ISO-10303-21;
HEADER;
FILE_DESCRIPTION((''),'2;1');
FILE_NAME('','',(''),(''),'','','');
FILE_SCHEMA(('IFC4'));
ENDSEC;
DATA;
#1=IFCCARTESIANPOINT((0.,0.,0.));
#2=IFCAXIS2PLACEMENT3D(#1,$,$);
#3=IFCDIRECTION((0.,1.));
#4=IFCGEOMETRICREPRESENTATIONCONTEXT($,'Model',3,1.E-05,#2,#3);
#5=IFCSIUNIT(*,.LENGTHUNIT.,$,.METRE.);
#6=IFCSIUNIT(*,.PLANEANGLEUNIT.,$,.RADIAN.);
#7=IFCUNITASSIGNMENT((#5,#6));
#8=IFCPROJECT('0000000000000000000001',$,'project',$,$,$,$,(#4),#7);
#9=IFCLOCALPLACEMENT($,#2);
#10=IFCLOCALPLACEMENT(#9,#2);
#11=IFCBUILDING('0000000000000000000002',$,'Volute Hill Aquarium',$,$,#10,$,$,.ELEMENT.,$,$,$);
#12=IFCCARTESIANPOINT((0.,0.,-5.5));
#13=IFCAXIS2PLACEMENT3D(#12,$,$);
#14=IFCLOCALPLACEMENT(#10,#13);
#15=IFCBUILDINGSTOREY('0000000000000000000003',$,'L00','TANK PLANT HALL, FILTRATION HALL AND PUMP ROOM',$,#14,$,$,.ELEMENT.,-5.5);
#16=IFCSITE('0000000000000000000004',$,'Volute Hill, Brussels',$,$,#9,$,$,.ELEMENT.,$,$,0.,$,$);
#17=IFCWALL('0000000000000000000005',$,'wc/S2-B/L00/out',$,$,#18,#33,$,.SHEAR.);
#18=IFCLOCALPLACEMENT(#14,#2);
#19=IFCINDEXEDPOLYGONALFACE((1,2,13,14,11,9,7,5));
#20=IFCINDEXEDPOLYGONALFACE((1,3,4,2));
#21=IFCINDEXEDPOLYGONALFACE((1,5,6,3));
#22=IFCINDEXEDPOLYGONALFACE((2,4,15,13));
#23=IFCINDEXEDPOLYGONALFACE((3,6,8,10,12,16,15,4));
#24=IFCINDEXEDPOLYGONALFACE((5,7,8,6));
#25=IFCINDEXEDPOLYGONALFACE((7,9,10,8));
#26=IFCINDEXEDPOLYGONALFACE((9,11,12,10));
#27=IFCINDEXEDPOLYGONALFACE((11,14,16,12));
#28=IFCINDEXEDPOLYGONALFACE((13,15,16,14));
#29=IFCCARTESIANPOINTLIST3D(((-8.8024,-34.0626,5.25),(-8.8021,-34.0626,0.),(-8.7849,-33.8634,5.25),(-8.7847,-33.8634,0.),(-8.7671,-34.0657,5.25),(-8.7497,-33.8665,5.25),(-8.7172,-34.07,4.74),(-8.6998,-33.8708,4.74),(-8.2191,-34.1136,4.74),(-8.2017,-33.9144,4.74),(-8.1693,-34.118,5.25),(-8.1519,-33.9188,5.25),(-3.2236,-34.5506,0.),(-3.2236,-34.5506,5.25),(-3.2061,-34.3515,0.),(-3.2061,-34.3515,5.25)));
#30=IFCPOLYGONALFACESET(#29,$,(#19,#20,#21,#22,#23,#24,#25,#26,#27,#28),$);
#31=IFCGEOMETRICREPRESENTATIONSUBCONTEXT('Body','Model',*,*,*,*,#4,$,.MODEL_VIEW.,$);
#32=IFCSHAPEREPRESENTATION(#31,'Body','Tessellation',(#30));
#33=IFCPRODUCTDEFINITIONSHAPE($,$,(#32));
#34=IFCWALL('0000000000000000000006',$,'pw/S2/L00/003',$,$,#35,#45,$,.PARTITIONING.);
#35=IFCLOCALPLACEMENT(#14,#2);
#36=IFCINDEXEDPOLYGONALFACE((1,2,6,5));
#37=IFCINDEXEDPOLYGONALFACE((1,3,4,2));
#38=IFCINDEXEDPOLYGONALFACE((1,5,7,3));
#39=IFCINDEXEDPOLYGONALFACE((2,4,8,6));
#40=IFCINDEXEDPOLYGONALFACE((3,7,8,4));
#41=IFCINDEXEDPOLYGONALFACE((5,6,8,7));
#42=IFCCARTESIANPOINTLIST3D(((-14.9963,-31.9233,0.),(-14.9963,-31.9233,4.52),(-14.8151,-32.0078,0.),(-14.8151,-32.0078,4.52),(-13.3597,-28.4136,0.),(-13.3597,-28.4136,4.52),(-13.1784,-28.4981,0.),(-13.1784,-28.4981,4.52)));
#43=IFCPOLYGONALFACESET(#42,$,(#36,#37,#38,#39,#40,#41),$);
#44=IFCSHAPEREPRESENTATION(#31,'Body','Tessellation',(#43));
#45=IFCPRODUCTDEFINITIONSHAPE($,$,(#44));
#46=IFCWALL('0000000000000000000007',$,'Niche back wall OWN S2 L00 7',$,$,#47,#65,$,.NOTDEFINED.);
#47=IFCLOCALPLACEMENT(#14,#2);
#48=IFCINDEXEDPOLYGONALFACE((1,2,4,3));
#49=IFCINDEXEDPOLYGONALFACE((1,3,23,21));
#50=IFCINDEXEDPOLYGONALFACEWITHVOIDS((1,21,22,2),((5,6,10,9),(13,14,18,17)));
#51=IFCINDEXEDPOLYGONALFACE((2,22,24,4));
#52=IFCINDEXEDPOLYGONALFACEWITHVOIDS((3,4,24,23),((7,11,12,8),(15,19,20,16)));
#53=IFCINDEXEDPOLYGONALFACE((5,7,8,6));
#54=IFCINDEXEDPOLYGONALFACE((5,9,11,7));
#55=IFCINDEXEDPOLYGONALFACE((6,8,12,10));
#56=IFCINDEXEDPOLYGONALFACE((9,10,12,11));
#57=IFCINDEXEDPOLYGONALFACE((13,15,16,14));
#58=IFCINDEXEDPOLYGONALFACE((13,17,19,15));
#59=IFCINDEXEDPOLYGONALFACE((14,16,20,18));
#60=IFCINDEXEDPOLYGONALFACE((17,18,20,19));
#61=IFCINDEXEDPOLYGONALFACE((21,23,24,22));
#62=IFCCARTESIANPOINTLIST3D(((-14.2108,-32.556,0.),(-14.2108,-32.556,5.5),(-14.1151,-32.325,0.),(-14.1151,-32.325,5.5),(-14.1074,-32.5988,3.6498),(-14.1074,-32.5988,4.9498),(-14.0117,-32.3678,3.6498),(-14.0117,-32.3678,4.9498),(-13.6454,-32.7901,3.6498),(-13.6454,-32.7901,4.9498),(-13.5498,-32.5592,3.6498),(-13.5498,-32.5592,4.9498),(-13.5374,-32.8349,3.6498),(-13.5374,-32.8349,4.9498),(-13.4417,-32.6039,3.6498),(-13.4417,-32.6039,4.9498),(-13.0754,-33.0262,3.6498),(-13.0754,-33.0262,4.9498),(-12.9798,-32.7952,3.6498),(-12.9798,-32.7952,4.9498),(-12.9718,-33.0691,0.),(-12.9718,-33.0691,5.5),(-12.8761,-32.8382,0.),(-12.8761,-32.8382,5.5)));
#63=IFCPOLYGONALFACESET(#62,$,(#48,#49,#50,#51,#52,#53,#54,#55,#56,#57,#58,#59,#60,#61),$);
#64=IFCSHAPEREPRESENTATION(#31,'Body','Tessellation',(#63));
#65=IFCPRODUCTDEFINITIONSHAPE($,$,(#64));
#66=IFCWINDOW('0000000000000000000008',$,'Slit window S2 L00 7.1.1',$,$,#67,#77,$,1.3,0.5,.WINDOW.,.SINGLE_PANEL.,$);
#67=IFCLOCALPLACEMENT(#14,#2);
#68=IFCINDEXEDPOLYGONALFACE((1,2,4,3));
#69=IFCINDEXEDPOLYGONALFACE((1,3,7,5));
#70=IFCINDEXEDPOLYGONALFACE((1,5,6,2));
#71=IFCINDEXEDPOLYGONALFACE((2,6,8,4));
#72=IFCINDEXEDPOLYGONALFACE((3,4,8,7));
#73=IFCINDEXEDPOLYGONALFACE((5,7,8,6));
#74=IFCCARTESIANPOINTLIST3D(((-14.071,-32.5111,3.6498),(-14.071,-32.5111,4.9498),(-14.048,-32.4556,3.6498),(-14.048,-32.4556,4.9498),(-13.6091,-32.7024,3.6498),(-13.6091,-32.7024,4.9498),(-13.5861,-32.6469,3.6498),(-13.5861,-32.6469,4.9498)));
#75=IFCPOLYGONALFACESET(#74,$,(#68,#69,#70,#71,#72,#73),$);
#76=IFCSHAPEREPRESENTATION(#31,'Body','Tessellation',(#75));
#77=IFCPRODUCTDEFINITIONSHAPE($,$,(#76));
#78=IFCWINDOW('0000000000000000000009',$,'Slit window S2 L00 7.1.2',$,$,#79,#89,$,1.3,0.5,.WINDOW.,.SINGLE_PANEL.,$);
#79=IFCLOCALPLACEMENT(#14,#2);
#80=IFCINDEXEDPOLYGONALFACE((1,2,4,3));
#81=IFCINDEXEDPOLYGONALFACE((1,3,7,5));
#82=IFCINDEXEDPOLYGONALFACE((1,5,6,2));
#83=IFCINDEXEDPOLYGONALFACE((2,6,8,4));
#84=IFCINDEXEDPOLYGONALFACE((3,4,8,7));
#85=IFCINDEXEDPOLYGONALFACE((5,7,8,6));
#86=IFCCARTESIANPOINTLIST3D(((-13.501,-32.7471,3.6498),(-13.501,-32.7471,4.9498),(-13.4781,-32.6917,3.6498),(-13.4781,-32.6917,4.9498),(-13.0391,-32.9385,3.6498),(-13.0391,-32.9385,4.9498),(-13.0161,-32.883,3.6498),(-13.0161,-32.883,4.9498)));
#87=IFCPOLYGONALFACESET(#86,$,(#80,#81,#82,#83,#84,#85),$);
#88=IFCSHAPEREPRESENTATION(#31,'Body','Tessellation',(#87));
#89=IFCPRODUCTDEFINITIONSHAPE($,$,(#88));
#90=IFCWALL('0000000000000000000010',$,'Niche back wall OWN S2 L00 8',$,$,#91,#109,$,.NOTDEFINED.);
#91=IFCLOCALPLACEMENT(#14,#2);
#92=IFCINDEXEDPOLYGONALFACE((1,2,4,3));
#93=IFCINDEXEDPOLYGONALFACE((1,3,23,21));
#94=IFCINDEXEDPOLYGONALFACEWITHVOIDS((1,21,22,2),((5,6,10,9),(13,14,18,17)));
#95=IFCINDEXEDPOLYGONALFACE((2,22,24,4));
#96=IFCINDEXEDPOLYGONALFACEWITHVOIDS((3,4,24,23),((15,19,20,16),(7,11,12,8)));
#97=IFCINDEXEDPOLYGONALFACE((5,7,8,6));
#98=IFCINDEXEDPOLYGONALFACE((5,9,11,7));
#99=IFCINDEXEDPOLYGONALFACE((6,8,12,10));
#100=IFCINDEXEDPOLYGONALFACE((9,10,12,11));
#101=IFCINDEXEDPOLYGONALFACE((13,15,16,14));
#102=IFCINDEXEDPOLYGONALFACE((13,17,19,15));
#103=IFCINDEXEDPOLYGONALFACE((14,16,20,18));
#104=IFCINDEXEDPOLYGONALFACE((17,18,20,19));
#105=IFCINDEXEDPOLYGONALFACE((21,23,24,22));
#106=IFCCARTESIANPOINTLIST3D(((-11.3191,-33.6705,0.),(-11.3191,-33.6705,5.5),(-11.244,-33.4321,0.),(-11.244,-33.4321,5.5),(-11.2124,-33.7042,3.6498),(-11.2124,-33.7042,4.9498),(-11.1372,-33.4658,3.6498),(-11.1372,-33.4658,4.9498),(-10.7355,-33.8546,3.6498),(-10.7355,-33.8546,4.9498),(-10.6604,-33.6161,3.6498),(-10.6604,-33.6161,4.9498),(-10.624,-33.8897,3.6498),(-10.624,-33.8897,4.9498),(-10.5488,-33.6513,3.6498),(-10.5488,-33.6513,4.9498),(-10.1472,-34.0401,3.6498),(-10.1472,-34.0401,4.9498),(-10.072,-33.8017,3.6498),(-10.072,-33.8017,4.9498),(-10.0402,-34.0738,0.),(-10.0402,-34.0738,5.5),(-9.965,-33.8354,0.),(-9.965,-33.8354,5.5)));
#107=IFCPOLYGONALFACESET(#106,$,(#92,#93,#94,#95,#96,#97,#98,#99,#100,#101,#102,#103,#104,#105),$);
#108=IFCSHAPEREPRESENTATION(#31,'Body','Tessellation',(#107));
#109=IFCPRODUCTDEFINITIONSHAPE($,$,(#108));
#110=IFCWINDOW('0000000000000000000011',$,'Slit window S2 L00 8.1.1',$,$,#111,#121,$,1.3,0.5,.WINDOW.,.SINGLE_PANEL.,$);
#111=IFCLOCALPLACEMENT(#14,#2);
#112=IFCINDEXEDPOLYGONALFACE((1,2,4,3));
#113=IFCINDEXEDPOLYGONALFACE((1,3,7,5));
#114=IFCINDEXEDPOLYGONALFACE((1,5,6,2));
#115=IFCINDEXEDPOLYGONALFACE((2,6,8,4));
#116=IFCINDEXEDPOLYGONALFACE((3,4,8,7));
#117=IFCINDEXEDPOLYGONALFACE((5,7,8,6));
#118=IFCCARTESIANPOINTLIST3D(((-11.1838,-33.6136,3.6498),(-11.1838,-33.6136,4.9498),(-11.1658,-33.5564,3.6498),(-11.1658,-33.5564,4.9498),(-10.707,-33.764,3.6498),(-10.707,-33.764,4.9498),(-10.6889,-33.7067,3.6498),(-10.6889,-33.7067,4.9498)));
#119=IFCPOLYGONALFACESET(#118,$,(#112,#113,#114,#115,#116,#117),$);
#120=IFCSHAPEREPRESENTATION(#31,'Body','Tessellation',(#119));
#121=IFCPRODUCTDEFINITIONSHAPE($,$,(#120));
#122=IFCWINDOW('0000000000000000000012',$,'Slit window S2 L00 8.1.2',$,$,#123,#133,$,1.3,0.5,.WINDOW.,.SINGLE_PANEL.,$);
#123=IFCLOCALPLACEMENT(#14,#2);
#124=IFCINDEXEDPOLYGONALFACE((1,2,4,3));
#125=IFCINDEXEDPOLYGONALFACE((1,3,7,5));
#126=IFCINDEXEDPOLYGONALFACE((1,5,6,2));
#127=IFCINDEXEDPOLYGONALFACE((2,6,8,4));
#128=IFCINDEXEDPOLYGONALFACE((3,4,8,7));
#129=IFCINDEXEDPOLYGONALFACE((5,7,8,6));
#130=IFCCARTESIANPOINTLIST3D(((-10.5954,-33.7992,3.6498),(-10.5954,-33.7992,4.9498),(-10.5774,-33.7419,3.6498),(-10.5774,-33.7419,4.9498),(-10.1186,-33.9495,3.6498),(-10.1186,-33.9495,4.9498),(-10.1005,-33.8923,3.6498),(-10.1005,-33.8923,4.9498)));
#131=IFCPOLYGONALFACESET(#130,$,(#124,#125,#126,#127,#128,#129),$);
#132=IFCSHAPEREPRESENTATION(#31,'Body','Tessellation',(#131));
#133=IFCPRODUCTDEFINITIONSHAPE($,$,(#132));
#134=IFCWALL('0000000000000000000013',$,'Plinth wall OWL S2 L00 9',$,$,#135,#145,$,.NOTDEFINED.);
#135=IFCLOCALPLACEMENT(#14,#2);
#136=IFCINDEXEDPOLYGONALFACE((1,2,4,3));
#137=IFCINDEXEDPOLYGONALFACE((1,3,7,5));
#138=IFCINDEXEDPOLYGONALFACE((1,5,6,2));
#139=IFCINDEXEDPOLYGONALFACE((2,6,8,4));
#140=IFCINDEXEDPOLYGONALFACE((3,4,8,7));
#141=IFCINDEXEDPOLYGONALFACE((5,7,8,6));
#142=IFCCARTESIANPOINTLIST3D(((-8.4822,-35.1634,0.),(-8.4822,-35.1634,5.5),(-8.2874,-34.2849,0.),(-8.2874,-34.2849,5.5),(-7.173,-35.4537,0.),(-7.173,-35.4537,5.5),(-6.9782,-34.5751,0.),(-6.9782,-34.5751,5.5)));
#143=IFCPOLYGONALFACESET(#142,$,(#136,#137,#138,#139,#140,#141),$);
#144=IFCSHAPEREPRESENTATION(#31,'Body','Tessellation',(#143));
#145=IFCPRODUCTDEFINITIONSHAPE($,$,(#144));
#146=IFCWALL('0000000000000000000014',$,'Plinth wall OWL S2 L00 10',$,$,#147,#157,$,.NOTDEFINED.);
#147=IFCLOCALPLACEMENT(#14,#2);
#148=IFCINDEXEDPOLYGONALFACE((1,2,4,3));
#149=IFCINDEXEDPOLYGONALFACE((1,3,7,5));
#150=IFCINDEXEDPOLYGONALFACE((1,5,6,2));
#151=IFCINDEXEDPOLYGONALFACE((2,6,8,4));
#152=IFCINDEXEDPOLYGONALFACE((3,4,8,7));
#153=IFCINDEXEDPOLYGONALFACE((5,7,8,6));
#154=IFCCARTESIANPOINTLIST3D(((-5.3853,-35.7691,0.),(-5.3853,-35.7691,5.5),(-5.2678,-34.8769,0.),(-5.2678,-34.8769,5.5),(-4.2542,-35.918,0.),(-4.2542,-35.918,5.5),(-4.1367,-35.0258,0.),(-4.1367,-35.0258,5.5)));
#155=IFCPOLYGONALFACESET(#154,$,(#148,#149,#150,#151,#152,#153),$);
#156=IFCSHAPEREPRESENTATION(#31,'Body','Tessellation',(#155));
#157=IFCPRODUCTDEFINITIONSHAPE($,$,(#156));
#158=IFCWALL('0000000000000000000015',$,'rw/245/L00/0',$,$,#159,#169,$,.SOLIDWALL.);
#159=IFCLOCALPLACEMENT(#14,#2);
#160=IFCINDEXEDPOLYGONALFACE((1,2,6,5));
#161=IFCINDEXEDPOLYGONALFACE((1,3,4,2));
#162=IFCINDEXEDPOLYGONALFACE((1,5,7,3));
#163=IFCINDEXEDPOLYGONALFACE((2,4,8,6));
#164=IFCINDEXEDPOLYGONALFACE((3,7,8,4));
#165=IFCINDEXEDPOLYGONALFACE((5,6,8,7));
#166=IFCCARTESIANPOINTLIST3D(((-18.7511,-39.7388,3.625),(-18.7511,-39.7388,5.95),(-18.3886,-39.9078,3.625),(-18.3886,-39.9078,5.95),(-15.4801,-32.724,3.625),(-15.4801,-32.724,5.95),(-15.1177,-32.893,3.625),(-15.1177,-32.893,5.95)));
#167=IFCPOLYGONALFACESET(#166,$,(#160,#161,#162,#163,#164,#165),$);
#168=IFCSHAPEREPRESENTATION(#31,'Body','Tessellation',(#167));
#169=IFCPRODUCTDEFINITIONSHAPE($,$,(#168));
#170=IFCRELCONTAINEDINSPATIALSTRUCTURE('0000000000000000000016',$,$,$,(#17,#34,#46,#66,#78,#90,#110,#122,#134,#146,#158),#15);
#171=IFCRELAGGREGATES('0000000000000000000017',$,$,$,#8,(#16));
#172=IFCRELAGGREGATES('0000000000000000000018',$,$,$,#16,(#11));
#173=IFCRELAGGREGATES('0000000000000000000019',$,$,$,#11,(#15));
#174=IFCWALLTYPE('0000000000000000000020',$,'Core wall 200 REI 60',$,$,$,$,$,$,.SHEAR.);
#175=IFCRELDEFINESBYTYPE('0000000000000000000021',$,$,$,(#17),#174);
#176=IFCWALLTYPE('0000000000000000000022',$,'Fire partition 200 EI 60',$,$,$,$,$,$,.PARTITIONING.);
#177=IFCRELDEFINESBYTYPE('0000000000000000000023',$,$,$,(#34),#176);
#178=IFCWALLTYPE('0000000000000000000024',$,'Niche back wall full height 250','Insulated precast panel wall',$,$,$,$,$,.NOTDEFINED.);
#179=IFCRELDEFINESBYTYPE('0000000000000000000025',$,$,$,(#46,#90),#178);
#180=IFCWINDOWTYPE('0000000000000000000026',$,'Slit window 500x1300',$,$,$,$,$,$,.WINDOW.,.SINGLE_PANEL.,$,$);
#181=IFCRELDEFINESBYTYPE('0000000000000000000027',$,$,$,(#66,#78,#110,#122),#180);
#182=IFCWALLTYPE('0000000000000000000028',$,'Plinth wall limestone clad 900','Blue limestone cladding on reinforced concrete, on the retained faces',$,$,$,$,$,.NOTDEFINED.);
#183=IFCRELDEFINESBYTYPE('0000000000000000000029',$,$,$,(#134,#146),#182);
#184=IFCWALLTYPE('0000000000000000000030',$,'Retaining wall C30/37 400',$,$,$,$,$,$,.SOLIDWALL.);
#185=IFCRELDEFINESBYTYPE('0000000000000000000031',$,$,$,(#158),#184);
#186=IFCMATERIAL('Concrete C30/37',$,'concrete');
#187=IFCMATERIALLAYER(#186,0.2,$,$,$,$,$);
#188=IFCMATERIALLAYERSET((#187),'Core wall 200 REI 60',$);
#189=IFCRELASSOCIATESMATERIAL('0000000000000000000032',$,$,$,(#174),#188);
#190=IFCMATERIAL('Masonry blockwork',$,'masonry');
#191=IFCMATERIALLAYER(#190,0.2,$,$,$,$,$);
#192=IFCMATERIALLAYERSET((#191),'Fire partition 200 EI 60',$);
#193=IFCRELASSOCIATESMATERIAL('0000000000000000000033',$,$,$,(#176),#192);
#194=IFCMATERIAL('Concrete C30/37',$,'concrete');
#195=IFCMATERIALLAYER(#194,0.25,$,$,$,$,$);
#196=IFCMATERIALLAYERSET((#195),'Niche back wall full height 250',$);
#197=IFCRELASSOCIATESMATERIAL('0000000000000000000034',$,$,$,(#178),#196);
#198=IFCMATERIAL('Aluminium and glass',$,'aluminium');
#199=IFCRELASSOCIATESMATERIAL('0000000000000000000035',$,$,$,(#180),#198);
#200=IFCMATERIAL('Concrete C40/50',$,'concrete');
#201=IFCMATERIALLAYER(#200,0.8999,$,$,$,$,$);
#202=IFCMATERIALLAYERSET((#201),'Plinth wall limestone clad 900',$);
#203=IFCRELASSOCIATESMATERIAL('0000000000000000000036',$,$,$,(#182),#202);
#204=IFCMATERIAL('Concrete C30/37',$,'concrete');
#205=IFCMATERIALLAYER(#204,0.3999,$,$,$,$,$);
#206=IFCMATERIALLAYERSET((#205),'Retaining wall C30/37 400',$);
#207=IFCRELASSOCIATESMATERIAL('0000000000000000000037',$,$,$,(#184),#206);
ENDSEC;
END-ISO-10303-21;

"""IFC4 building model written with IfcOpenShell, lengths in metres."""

from ifc_helpers import new_model, si_unit, direction, frame, frame_2d, origin, place, context, subcontext, project, spatial, polyline, rectangle, outline, extrude, material, layer, layer_set, type_object, element, fill, save


model = new_model("IFC4")

# Units and contexts
model_context = context("Model", 3, precision=1e-05, world=origin(), true_north=direction((0.0, 1.0)))
body_context = subcontext(model_context, "Body", "Model", "MODEL_VIEW")
ifc_project = project(units=[si_unit("LENGTHUNIT", "METRE"), si_unit("PLANEANGLEUNIT", "RADIAN")], contexts=[model_context])

# Site, building, storey
site_placement = place(None, origin())
site = spatial("IfcSite", under=ifc_project, at=site_placement, Name="Volute Hill, Brussels", CompositionType="ELEMENT", RefElevation=0.0)
building_placement = place(site_placement, origin())
building = spatial("IfcBuilding", under=site, at=building_placement, Name="Volute Hill Aquarium", CompositionType="ELEMENT")
storey_placement = place(building_placement, frame((0.0, 0.0, -5.5)))
storey = spatial("IfcBuildingStorey", under=building, at=storey_placement, Name="L00", Description="TANK PLANT HALL, FILTRATION HALL AND PUMP ROOM", CompositionType="ELEMENT", Elevation=-5.5)

# Walls
ifc_material_1 = material(Name="Concrete C30/37", Category="concrete")
ifc_layer_1 = layer(ifc_material_1, 0.2)
ifc_layer_set_1 = layer_set([ifc_layer_1], Name="Core wall 200 REI 60")
wall_type_1 = type_object("IfcWallType", Name="Core wall 200 REI 60", PredefinedType="SHEAR", material=ifc_layer_set_1)
wall_1_placement = place(storey_placement, frame((-3.2148, -34.4509, 0.0), z_axis=(0.0, 0.0, 1.0), x_axis=(-0.996195, 0.087151, 0.0)))
element("IfcWall", 1, at=wall_1_placement, inside=storey, type_object=wall_type_1, Name="wc/S2-B/L00/out", PredefinedType="SHEAR", context=body_context, shape_type="SweptSolid", body=[
    extrude(outline(polyline([(0.0, 0.0), (5.5999, 0.0), (5.6001, 5.25), (5.5647, 5.25), (5.5146, 4.74), (5.0146, 4.74), (4.9646, 5.25), (0.0, 5.25), (0.0, 0.0)])), frame((0.0, 0.1001, 0.0), z_axis=(0.0, -1.0, 0.0), x_axis=(1.0, 0.0, 0.0)), (0.0, 0.0, 1.0), 0.2),
])
ifc_material_2 = material(Name="Masonry blockwork", Category="masonry")
ifc_layer_2 = layer(ifc_material_2, 0.2)
ifc_layer_set_2 = layer_set([ifc_layer_2], Name="Fire partition 200 EI 60")
wall_type_2 = type_object("IfcWallType", Name="Fire partition 200 EI 60", PredefinedType="PARTITIONING", material=ifc_layer_set_2)
wall_2_placement = place(storey_placement, frame((-13.269, -28.4558, 0.0), z_axis=(0.0, 0.0, 1.0), x_axis=(-0.422637, -0.906299, 0.0)))
element("IfcWall", 2, at=wall_2_placement, inside=storey, type_object=wall_type_2, Name="pw/S2/L00/003", PredefinedType="PARTITIONING", context=body_context, shape_type="SweptSolid", body=[
    extrude(rectangle(XDim=3.8726, YDim=0.2, at=frame_2d((1.9363, 0.0))), origin(), (0.0, 0.0, 1.0), 4.52),
])

# Walls, openings, windows
ifc_material_3 = material(Name="Concrete C30/37", Category="concrete")
ifc_layer_3 = layer(ifc_material_3, 0.25)
ifc_layer_set_3 = layer_set([ifc_layer_3], Name="Niche back wall full height 250")
wall_type_3 = type_object("IfcWallType", Name="Niche back wall full height 250", Description="Insulated precast panel wall", PredefinedType="NOTDEFINED", material=ifc_layer_set_3)
wall_3_placement = place(storey_placement, frame((-12.9241, -32.9536, 0.0), z_axis=(0.0, 0.0, 1.0), x_axis=(-0.923888, 0.382663, 0.0)))
wall_3 = element("IfcWall", 3, at=wall_3_placement, inside=storey, type_object=wall_type_3, Name="Niche back wall OWN S2 L00 7", PredefinedType="NOTDEFINED", context=body_context, shape_type="SweptSolid", body=[
    extrude(rectangle(XDim=1.3411, YDim=0.25, at=frame_2d((0.6704, 0.0))), origin(), (0.0, 0.0, 1.0), 5.5),
])
opening_1_placement = place(wall_3_placement, frame((0.729, 0.0, 3.6499)))
opening_1 = element("IfcOpeningElement", 4, at=opening_1_placement, cuts=wall_3, PredefinedType="OPENING", context=body_context, shape_type="SweptSolid", body=[
    extrude(rectangle(XDim=0.5, YDim=1.3, at=frame_2d((0.25, 0.6499))), frame((0.0, 0.135, 0.0), z_axis=(0.0, -1.0, 0.0), x_axis=(1.0, 0.0, 0.0)), (0.0, 0.0, 1.0), 0.27),
])
opening_2_placement = place(wall_3_placement, frame((0.1121, 0.0, 3.6499)))
opening_2 = element("IfcOpeningElement", 5, at=opening_2_placement, cuts=wall_3, PredefinedType="OPENING", context=body_context, shape_type="SweptSolid", body=[
    extrude(rectangle(XDim=0.5, YDim=1.3, at=frame_2d((0.25, 0.6499))), frame((0.0, 0.135, 0.0), z_axis=(0.0, -1.0, 0.0), x_axis=(1.0, 0.0, 0.0)), (0.0, 0.0, 1.0), 0.27),
])
ifc_material_4 = material(Name="Aluminium and glass", Category="aluminium")
window_type = type_object("IfcWindowType", Name="Slit window 500x1300", PartitioningType="SINGLE_PANEL", PredefinedType="WINDOW", material=ifc_material_4)
window_1_placement = place(opening_1_placement, origin())
window_1 = element("IfcWindow", 6, at=window_1_placement, inside=storey, type_object=window_type, Name="Slit window S2 L00 7.1.1", OverallHeight=1.3, OverallWidth=0.5, PartitioningType="SINGLE_PANEL", PredefinedType="WINDOW", context=body_context, shape_type="SweptSolid", body=[
    extrude(rectangle(XDim=0.5, YDim=1.3, at=frame_2d((0.25, 0.6499))), frame((0.0, 0.03, 0.0), z_axis=(0.0, -1.0, 0.0), x_axis=(1.0, 0.0, 0.0)), (0.0, 0.0, 1.0), 0.0601),
])
fill(opening_1, window_1)
window_2_placement = place(opening_2_placement, origin())
window_2 = element("IfcWindow", 7, at=window_2_placement, inside=storey, type_object=window_type, Name="Slit window S2 L00 7.1.2", OverallHeight=1.3, OverallWidth=0.5, PartitioningType="SINGLE_PANEL", PredefinedType="WINDOW", context=body_context, shape_type="SweptSolid", body=[
    extrude(rectangle(XDim=0.5, YDim=1.3, at=frame_2d((0.25, 0.6499))), frame((0.0, 0.03, 0.0), z_axis=(0.0, -1.0, 0.0), x_axis=(1.0, 0.0, 0.0)), (0.0, 0.0, 1.0), 0.0601),
])
fill(opening_2, window_2)
wall_4_placement = place(storey_placement, frame((-10.0027, -33.9546, 0.0), z_axis=(0.0, 0.0, 1.0), x_axis=(-0.953709, 0.300731, 0.0)))
wall_4 = element("IfcWall", 8, at=wall_4_placement, inside=storey, type_object=wall_type_3, Name="Niche back wall OWN S2 L00 8", PredefinedType="NOTDEFINED", context=body_context, shape_type="SweptSolid", body=[
    extrude(rectangle(XDim=1.3411, YDim=0.25, at=frame_2d((0.6704, 0.0))), origin(), (0.0, 0.0, 1.0), 5.5),
])
opening_3_placement = place(wall_4_placement, frame((0.729, 0.0, 3.6499)))
opening_3 = element("IfcOpeningElement", 9, at=opening_3_placement, cuts=wall_4, PredefinedType="OPENING", context=body_context, shape_type="SweptSolid", body=[
    extrude(rectangle(XDim=0.5, YDim=1.3, at=frame_2d((0.25, 0.6499))), frame((0.0, 0.135, 0.0), z_axis=(0.0, -1.0, 0.0), x_axis=(1.0, 0.0, 0.0)), (0.0, 0.0, 1.0), 0.27),
])
opening_4_placement = place(wall_4_placement, frame((0.1121, 0.0, 3.6499)))
opening_4 = element("IfcOpeningElement", 10, at=opening_4_placement, cuts=wall_4, PredefinedType="OPENING", context=body_context, shape_type="SweptSolid", body=[
    extrude(rectangle(XDim=0.5, YDim=1.3, at=frame_2d((0.25, 0.6499))), frame((0.0, 0.135, 0.0), z_axis=(0.0, -1.0, 0.0), x_axis=(1.0, 0.0, 0.0)), (0.0, 0.0, 1.0), 0.27),
])
window_3_placement = place(opening_3_placement, origin())
window_3 = element("IfcWindow", 11, at=window_3_placement, inside=storey, type_object=window_type, Name="Slit window S2 L00 8.1.1", OverallHeight=1.3, OverallWidth=0.5, PartitioningType="SINGLE_PANEL", PredefinedType="WINDOW", context=body_context, shape_type="SweptSolid", body=[
    extrude(rectangle(XDim=0.5, YDim=1.3, at=frame_2d((0.25, 0.6499))), frame((0.0, 0.03, 0.0), z_axis=(0.0, -1.0, 0.0), x_axis=(1.0, 0.0, 0.0)), (0.0, 0.0, 1.0), 0.0601),
])
fill(opening_3, window_3)
window_4_placement = place(opening_4_placement, origin())
window_4 = element("IfcWindow", 12, at=window_4_placement, inside=storey, type_object=window_type, Name="Slit window S2 L00 8.1.2", OverallHeight=1.3, OverallWidth=0.5, PartitioningType="SINGLE_PANEL", PredefinedType="WINDOW", context=body_context, shape_type="SweptSolid", body=[
    extrude(rectangle(XDim=0.5, YDim=1.3, at=frame_2d((0.25, 0.6499))), frame((0.0, 0.03, 0.0), z_axis=(0.0, -1.0, 0.0), x_axis=(1.0, 0.0, 0.0)), (0.0, 0.0, 1.0), 0.0601),
])
fill(opening_4, window_4)

# Walls
ifc_material_5 = material(Name="Concrete C40/50", Category="concrete")
ifc_layer_4 = layer(ifc_material_5, 0.8999)
ifc_layer_set_4 = layer_set([ifc_layer_4], Name="Plinth wall limestone clad 900")
wall_type_4 = type_object("IfcWallType", Name="Plinth wall limestone clad 900", Description="Blue limestone cladding on reinforced concrete, on the retained faces", PredefinedType="NOTDEFINED", material=ifc_layer_set_4)
wall_5_placement = place(storey_placement, frame((-7.0757, -35.0144, 0.0), z_axis=(0.0, 0.0, 1.0), x_axis=(-0.976294, 0.216449, 0.0)))
element("IfcWall", 13, at=wall_5_placement, inside=storey, type_object=wall_type_4, Name="Plinth wall OWL S2 L00 9", PredefinedType="NOTDEFINED", context=body_context, shape_type="SweptSolid", body=[
    extrude(rectangle(XDim=1.3411, YDim=0.8999, at=frame_2d((0.6704, 0.0))), origin(), (0.0, 0.0, 1.0), 5.5),
])
wall_6_placement = place(storey_placement, frame((-4.1956, -35.4719, 0.0), z_axis=(0.0, 0.0, 1.0), x_axis=(-0.991443, 0.130538, 0.0)))
element("IfcWall", 14, at=wall_6_placement, inside=storey, type_object=wall_type_4, Name="Plinth wall OWL S2 L00 10", PredefinedType="NOTDEFINED", context=body_context, shape_type="SweptSolid", body=[
    extrude(rectangle(XDim=1.1409, YDim=0.8999, at=frame_2d((0.5703, 0.0))), origin(), (0.0, 0.0, 1.0), 5.5),
])
ifc_material_6 = material(Name="Concrete C30/37", Category="concrete")
ifc_layer_5 = layer(ifc_material_6, 0.3999)
ifc_layer_set_5 = layer_set([ifc_layer_5], Name="Retaining wall C30/37 400")
wall_type_5 = type_object("IfcWallType", Name="Retaining wall C30/37 400", PredefinedType="SOLIDWALL", material=ifc_layer_set_5)
wall_7_placement = place(storey_placement, frame((-15.2988, -32.8083, 3.625), z_axis=(0.0, 0.0, 1.0), x_axis=(-0.422607, -0.906313, 0.0)))
element("IfcWall", 15, at=wall_7_placement, inside=storey, type_object=wall_type_5, Name="rw/245/L00/0", PredefinedType="SOLIDWALL", context=body_context, shape_type="SweptSolid", body=[
    extrude(rectangle(XDim=7.74, YDim=0.3999, at=frame_2d((3.8701, 0.0))), origin(), (0.0, 0.0, 1.0), 2.325),
])

save(model, "model.ifc")
